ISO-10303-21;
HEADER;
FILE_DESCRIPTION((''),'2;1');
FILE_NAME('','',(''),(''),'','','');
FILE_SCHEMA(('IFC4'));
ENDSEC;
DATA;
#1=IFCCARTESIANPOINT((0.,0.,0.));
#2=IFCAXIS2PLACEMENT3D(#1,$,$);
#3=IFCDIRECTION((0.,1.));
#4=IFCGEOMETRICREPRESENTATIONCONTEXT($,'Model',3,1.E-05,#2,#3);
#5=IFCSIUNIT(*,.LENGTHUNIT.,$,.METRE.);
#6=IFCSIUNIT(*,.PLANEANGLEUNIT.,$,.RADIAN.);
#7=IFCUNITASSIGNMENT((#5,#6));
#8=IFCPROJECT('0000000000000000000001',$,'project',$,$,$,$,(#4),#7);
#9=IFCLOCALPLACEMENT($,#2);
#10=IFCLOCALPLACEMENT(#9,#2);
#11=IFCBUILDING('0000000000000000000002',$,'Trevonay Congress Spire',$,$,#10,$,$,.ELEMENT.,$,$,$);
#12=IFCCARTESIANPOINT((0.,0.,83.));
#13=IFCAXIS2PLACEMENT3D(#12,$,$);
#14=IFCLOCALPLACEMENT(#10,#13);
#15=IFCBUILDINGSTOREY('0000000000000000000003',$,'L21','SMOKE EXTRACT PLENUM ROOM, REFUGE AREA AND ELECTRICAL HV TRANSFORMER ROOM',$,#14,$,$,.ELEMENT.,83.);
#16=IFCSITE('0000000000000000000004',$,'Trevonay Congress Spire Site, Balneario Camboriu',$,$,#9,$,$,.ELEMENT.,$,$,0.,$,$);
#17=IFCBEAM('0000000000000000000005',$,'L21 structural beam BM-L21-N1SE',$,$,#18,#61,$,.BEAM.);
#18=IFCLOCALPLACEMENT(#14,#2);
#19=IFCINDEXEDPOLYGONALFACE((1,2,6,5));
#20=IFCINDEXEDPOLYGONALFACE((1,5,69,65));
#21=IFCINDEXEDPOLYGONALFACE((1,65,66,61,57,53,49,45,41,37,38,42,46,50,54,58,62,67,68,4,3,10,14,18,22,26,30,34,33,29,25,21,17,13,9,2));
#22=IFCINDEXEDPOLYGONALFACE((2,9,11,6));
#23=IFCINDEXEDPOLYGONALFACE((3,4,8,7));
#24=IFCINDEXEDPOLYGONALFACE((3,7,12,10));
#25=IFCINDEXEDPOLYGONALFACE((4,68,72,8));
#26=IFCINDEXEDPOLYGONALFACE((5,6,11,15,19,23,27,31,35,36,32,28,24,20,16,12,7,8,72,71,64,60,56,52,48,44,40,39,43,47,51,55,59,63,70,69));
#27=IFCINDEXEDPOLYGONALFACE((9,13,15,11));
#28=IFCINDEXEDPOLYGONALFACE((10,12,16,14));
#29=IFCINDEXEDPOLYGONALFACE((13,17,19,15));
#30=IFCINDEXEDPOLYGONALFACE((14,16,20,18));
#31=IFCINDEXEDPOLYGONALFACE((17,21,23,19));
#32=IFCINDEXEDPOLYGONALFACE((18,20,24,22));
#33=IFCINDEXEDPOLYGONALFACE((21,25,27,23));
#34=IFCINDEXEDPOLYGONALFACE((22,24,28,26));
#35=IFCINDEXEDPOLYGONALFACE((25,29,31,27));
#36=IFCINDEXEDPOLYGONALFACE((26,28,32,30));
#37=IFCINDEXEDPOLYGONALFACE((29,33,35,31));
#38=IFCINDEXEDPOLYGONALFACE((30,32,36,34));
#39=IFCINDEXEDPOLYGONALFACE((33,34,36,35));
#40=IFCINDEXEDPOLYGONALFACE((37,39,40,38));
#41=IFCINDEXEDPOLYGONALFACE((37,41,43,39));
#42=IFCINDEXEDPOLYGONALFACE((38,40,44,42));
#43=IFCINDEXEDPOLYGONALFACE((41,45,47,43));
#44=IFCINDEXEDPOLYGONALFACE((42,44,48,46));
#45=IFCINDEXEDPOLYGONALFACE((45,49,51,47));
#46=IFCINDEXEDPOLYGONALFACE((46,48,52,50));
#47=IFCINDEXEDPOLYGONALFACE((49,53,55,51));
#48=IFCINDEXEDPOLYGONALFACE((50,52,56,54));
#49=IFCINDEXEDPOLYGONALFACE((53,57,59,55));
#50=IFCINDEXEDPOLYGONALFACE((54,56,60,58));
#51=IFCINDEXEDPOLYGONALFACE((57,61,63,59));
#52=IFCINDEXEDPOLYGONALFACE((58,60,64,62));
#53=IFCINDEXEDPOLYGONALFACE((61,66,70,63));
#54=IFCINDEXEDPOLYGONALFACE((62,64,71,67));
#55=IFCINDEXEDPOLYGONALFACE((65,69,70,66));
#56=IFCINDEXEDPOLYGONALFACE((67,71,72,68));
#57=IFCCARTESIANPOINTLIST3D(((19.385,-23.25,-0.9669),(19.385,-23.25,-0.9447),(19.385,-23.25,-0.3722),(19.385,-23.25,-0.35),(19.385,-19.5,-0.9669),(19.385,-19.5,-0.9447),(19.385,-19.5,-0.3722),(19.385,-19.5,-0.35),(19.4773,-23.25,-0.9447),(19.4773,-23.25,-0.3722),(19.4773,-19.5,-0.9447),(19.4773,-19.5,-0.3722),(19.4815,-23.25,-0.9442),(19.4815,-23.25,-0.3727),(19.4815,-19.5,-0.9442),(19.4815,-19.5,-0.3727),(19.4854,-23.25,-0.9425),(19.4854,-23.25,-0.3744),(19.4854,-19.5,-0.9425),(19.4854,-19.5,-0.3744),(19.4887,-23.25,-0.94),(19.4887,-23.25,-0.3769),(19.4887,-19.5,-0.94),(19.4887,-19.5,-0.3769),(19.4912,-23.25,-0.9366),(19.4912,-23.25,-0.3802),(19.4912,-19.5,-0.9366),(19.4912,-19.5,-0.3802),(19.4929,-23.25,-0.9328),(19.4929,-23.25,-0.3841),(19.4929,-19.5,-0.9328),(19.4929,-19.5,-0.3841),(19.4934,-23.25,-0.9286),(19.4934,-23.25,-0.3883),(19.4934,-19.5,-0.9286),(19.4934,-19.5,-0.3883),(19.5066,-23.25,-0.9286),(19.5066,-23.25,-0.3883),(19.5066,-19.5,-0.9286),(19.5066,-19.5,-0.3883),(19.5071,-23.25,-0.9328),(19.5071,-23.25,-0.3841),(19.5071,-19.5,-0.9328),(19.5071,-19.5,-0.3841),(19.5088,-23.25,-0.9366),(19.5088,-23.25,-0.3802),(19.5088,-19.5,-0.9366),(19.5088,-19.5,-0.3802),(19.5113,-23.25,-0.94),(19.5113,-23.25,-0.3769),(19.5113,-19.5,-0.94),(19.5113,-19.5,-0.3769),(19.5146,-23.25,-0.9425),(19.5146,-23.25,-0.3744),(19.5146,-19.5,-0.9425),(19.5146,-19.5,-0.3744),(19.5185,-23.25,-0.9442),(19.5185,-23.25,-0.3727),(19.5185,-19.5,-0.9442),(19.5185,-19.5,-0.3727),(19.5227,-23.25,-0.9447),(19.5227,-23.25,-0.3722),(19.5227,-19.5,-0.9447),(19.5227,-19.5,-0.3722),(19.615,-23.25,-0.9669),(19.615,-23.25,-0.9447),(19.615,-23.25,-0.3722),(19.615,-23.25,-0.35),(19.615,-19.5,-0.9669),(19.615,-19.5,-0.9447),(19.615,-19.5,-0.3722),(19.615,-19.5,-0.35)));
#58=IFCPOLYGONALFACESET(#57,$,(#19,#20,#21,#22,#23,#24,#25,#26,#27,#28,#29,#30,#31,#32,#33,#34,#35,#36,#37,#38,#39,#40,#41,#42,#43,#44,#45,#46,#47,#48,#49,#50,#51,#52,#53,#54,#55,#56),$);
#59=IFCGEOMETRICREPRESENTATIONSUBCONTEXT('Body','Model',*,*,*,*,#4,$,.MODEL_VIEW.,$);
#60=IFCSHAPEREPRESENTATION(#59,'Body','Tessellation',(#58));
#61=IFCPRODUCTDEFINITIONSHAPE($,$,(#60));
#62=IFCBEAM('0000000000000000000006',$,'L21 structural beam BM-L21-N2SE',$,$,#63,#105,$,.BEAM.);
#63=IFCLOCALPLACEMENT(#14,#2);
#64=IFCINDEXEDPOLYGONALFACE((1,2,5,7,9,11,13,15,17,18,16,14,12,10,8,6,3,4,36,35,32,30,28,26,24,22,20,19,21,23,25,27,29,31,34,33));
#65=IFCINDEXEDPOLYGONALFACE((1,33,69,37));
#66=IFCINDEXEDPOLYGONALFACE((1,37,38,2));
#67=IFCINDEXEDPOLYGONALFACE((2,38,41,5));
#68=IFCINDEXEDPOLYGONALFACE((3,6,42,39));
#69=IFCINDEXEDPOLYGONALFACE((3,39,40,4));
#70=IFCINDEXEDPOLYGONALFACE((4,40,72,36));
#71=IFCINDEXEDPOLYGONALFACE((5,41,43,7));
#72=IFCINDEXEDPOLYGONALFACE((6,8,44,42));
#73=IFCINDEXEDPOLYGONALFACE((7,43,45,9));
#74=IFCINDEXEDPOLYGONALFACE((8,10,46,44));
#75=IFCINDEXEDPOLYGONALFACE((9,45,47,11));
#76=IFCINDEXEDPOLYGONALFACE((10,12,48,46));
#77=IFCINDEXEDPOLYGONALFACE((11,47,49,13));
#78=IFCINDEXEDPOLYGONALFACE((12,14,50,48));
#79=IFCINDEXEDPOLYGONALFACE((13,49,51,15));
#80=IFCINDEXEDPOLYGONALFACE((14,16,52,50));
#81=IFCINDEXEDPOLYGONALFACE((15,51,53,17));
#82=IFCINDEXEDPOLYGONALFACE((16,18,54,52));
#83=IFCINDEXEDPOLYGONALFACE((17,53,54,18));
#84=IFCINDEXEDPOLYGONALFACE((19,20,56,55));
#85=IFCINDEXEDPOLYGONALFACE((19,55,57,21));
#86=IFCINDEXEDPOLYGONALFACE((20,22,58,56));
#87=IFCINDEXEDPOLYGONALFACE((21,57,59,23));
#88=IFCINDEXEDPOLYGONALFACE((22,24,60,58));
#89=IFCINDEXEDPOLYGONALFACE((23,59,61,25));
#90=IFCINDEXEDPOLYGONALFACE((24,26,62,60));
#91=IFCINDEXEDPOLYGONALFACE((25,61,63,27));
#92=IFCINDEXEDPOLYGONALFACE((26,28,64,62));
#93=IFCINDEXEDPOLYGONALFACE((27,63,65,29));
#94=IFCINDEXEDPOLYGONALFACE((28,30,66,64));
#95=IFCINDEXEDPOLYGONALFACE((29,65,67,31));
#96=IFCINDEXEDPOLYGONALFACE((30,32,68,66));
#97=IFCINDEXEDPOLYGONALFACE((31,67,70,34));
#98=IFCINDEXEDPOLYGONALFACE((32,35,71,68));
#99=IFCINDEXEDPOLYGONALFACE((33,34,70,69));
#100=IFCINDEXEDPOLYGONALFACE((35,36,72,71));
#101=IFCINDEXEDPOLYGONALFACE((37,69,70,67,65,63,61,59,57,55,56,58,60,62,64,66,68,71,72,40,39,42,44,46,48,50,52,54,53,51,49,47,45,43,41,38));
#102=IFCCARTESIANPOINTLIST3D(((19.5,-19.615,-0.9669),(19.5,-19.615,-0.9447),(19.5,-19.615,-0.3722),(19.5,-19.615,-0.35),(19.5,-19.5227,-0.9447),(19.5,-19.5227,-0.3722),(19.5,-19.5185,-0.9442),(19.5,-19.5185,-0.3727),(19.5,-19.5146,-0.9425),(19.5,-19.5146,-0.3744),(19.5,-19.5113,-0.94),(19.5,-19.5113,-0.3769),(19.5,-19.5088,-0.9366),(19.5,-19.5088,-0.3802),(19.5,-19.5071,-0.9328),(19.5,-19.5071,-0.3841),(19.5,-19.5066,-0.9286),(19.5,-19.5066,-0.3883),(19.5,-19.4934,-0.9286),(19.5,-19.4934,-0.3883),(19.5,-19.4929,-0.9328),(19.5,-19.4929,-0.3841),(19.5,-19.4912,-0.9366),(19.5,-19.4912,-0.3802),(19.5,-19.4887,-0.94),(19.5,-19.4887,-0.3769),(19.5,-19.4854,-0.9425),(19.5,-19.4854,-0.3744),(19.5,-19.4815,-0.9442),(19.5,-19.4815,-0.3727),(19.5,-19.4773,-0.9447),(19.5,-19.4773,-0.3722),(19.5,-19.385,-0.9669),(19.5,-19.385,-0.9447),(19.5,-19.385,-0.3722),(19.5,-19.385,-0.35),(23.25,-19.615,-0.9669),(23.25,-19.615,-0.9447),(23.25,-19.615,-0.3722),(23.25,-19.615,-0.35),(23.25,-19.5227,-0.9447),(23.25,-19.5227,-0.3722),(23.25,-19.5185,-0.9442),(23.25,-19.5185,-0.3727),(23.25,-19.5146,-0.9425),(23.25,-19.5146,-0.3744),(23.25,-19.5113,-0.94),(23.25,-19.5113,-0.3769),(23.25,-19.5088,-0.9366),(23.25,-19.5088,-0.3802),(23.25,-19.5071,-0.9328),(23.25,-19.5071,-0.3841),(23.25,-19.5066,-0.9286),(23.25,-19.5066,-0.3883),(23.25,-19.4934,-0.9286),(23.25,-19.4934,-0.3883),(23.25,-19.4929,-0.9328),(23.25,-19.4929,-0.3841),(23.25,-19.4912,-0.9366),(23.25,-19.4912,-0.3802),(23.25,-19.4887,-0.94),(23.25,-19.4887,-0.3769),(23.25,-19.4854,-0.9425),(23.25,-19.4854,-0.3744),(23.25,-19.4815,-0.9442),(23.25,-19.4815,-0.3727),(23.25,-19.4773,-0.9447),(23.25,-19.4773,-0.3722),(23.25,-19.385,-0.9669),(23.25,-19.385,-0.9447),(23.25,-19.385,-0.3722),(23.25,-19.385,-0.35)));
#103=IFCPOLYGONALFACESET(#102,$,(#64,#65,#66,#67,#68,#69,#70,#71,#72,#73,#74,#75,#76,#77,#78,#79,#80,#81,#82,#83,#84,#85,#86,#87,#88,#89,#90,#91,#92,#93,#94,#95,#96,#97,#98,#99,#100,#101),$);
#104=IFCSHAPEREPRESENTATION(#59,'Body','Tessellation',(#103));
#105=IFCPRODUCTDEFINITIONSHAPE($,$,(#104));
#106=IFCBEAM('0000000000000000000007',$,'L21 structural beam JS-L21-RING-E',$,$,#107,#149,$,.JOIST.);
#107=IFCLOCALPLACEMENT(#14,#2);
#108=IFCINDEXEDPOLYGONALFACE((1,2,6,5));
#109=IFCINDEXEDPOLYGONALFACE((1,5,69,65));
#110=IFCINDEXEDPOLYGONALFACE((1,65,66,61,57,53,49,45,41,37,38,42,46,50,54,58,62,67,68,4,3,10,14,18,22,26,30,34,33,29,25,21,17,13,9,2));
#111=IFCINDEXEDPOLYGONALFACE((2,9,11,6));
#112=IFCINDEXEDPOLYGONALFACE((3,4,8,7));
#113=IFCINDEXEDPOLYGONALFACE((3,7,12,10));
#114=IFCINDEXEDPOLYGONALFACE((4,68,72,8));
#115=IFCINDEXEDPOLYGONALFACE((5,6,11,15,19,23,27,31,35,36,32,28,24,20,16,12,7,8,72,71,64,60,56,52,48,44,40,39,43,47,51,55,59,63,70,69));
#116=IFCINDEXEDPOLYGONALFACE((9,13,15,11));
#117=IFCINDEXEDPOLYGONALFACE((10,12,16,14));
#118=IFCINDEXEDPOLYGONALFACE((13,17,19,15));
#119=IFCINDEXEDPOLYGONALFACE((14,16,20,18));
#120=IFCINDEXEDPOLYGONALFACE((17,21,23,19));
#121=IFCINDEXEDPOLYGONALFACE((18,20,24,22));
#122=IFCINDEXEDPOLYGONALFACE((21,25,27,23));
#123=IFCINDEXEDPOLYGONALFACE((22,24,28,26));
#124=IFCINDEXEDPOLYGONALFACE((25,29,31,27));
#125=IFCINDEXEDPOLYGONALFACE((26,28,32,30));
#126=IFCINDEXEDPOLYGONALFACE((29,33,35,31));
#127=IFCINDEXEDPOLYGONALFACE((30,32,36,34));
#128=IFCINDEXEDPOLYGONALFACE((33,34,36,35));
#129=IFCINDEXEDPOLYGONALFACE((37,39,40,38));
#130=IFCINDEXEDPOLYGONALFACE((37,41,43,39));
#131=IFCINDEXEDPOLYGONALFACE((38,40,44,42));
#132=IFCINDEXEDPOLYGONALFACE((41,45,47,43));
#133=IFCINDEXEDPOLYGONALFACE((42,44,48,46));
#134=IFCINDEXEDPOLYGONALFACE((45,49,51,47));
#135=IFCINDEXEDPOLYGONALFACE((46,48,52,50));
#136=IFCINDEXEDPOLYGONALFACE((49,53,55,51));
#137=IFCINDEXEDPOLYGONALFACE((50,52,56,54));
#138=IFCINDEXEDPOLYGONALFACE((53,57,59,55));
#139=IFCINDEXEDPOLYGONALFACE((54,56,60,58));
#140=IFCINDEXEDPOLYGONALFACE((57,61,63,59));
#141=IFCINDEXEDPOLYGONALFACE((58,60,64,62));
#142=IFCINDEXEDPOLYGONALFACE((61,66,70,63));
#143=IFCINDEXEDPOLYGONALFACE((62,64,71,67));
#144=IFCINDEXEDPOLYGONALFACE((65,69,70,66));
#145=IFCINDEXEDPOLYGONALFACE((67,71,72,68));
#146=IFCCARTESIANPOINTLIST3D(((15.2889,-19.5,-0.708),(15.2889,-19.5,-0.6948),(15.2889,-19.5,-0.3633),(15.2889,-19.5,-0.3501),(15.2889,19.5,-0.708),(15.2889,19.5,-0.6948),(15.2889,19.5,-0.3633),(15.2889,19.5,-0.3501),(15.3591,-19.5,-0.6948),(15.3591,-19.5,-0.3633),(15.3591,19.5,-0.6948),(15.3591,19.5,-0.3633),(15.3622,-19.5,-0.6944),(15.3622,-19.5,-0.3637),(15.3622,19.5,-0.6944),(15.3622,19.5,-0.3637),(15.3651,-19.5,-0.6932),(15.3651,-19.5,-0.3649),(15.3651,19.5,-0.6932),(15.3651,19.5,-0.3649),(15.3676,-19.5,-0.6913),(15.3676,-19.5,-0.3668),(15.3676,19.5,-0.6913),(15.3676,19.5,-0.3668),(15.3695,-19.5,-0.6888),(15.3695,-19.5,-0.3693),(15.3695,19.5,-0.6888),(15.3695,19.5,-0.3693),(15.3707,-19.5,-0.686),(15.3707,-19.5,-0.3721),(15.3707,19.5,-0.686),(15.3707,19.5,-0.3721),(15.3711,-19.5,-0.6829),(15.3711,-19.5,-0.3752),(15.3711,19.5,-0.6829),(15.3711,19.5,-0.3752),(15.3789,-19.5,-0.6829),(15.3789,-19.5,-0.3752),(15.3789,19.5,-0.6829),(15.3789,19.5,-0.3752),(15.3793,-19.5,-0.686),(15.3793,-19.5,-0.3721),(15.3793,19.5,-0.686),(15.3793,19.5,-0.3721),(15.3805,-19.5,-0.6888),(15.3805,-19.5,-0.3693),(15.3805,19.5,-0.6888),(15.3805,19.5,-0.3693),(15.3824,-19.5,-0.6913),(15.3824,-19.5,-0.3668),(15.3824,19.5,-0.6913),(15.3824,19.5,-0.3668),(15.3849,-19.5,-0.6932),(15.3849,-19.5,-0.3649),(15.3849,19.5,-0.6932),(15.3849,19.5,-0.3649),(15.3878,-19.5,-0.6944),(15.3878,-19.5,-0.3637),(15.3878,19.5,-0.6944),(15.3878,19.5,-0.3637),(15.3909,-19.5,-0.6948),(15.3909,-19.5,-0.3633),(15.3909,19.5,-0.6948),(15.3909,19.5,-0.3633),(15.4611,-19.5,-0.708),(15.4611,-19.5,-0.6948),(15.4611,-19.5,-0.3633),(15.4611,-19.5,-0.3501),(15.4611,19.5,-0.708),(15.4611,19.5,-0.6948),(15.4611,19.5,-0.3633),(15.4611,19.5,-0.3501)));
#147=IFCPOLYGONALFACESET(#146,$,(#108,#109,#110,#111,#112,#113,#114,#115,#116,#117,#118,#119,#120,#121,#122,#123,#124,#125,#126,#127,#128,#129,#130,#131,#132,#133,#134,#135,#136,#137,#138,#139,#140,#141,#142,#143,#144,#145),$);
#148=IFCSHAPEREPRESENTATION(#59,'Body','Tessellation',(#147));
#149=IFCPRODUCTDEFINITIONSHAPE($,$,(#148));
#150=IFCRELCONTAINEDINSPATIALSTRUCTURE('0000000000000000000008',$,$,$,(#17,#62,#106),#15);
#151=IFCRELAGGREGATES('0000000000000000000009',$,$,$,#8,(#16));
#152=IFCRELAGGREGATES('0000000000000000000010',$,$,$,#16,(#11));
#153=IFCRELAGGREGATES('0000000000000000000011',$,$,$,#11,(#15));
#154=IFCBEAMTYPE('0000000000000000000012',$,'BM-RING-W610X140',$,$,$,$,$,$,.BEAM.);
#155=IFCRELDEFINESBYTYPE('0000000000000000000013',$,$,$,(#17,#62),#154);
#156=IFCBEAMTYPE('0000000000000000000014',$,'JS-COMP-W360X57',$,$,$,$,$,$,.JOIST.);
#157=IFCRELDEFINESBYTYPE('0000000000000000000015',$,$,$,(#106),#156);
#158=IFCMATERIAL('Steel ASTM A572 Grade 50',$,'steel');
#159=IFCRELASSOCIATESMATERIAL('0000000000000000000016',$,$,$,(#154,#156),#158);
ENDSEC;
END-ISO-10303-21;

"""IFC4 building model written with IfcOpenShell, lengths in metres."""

from ifc_helpers import new_model, si_unit, direction, frame, origin, origin_2d, place, context, subcontext, project, spatial, i_section, extrude, material, material_profile, profile_set, type_object, element, save


model = new_model("IFC4")

# Units and contexts
model_context = context("Model", 3, precision=1e-05, world=origin(), true_north=direction((0.0, 1.0)))
body_context = subcontext(model_context, "Body", "Model", "MODEL_VIEW")
ifc_project = project(units=[si_unit("LENGTHUNIT", "METRE"), si_unit("PLANEANGLEUNIT", "RADIAN")], contexts=[model_context])

# Site, building, storey
site_placement = place(None, origin())
site = spatial("IfcSite", under=ifc_project, at=site_placement, Name="Trevonay Congress Spire Site, Balneario Camboriu", CompositionType="ELEMENT", RefElevation=0.0)
building_placement = place(site_placement, origin())
building = spatial("IfcBuilding", under=site, at=building_placement, Name="Trevonay Congress Spire", CompositionType="ELEMENT")
storey_placement = place(building_placement, frame((0.0, 0.0, 83.0)))
storey = spatial("IfcBuildingStorey", under=building, at=storey_placement, Name="L21", Description="SMOKE EXTRACT PLENUM ROOM, REFUGE AREA AND ELECTRICAL HV TRANSFORMER ROOM", CompositionType="ELEMENT", Elevation=83.0)

# Shared definitions
ifc_material_1 = material(Name="Steel ASTM A572 Grade 50", Category="steel")

# Beams
ifc_material_profile_1 = material_profile(ifc_material_1, i_section(OverallWidth=0.23, OverallDepth=0.6169, WebThickness=0.0132, FlangeThickness=0.0222, FilletRadius=0.0161, at=origin_2d()), Name="W610x140")
ifc_profile_set_1 = profile_set([ifc_material_profile_1], Name="Steel ASTM A572 Grade 50")
beam_type_1 = type_object("IfcBeamType", Name="BM-RING-W610X140", PredefinedType="BEAM", material=ifc_profile_set_1)
for number, where, z_axis, x_axis, name in (
    (1, (19.5, -23.25, -0.6584), (0.0, 1.0, 0.0), (-1.0, 0.0, 0.0), "L21 structural beam BM-L21-N1SE"),
    (2, (23.25, -19.5, -0.6584), (-1.0, 0.0, 0.0), (0.0, -1.0, 0.0), "L21 structural beam BM-L21-N2SE"),
):
    element("IfcBeam", number, at=place(storey_placement, frame(where, z_axis=z_axis, x_axis=x_axis)), inside=storey, type_object=beam_type_1, Name=name, PredefinedType="BEAM", context=body_context, shape_type="SweptSolid", body=[
        extrude(i_section(OverallWidth=0.23, OverallDepth=0.6169, WebThickness=0.0132, FlangeThickness=0.0222, FilletRadius=0.0161, at=origin_2d()), origin(), (0.0, 0.0, 1.0), 3.75),
    ])
ifc_material_profile_2 = material_profile(ifc_material_1, i_section(OverallWidth=0.1721, OverallDepth=0.3579, WebThickness=0.0078, FlangeThickness=0.0132, FilletRadius=0.012, at=origin_2d()), Name="W360x57.8")
ifc_profile_set_2 = profile_set([ifc_material_profile_2], Name="Steel ASTM A572 Grade 50")
beam_type_2 = type_object("IfcBeamType", Name="JS-COMP-W360X57", PredefinedType="JOIST", material=ifc_profile_set_2)
beam_placement = place(storey_placement, frame((15.375, -19.5, -0.5291), z_axis=(0.0, 1.0, 0.0), x_axis=(-1.0, 0.0, 0.0)))
element("IfcBeam", 3, at=beam_placement, inside=storey, type_object=beam_type_2, Name="L21 structural beam JS-L21-RING-E", PredefinedType="JOIST", context=body_context, shape_type="SweptSolid", body=[
    extrude(i_section(OverallWidth=0.1721, OverallDepth=0.3579, WebThickness=0.0078, FlangeThickness=0.0132, FilletRadius=0.012, at=origin_2d()), origin(), (0.0, 0.0, 1.0), 39.0),
])

save(model, "model.ifc")
